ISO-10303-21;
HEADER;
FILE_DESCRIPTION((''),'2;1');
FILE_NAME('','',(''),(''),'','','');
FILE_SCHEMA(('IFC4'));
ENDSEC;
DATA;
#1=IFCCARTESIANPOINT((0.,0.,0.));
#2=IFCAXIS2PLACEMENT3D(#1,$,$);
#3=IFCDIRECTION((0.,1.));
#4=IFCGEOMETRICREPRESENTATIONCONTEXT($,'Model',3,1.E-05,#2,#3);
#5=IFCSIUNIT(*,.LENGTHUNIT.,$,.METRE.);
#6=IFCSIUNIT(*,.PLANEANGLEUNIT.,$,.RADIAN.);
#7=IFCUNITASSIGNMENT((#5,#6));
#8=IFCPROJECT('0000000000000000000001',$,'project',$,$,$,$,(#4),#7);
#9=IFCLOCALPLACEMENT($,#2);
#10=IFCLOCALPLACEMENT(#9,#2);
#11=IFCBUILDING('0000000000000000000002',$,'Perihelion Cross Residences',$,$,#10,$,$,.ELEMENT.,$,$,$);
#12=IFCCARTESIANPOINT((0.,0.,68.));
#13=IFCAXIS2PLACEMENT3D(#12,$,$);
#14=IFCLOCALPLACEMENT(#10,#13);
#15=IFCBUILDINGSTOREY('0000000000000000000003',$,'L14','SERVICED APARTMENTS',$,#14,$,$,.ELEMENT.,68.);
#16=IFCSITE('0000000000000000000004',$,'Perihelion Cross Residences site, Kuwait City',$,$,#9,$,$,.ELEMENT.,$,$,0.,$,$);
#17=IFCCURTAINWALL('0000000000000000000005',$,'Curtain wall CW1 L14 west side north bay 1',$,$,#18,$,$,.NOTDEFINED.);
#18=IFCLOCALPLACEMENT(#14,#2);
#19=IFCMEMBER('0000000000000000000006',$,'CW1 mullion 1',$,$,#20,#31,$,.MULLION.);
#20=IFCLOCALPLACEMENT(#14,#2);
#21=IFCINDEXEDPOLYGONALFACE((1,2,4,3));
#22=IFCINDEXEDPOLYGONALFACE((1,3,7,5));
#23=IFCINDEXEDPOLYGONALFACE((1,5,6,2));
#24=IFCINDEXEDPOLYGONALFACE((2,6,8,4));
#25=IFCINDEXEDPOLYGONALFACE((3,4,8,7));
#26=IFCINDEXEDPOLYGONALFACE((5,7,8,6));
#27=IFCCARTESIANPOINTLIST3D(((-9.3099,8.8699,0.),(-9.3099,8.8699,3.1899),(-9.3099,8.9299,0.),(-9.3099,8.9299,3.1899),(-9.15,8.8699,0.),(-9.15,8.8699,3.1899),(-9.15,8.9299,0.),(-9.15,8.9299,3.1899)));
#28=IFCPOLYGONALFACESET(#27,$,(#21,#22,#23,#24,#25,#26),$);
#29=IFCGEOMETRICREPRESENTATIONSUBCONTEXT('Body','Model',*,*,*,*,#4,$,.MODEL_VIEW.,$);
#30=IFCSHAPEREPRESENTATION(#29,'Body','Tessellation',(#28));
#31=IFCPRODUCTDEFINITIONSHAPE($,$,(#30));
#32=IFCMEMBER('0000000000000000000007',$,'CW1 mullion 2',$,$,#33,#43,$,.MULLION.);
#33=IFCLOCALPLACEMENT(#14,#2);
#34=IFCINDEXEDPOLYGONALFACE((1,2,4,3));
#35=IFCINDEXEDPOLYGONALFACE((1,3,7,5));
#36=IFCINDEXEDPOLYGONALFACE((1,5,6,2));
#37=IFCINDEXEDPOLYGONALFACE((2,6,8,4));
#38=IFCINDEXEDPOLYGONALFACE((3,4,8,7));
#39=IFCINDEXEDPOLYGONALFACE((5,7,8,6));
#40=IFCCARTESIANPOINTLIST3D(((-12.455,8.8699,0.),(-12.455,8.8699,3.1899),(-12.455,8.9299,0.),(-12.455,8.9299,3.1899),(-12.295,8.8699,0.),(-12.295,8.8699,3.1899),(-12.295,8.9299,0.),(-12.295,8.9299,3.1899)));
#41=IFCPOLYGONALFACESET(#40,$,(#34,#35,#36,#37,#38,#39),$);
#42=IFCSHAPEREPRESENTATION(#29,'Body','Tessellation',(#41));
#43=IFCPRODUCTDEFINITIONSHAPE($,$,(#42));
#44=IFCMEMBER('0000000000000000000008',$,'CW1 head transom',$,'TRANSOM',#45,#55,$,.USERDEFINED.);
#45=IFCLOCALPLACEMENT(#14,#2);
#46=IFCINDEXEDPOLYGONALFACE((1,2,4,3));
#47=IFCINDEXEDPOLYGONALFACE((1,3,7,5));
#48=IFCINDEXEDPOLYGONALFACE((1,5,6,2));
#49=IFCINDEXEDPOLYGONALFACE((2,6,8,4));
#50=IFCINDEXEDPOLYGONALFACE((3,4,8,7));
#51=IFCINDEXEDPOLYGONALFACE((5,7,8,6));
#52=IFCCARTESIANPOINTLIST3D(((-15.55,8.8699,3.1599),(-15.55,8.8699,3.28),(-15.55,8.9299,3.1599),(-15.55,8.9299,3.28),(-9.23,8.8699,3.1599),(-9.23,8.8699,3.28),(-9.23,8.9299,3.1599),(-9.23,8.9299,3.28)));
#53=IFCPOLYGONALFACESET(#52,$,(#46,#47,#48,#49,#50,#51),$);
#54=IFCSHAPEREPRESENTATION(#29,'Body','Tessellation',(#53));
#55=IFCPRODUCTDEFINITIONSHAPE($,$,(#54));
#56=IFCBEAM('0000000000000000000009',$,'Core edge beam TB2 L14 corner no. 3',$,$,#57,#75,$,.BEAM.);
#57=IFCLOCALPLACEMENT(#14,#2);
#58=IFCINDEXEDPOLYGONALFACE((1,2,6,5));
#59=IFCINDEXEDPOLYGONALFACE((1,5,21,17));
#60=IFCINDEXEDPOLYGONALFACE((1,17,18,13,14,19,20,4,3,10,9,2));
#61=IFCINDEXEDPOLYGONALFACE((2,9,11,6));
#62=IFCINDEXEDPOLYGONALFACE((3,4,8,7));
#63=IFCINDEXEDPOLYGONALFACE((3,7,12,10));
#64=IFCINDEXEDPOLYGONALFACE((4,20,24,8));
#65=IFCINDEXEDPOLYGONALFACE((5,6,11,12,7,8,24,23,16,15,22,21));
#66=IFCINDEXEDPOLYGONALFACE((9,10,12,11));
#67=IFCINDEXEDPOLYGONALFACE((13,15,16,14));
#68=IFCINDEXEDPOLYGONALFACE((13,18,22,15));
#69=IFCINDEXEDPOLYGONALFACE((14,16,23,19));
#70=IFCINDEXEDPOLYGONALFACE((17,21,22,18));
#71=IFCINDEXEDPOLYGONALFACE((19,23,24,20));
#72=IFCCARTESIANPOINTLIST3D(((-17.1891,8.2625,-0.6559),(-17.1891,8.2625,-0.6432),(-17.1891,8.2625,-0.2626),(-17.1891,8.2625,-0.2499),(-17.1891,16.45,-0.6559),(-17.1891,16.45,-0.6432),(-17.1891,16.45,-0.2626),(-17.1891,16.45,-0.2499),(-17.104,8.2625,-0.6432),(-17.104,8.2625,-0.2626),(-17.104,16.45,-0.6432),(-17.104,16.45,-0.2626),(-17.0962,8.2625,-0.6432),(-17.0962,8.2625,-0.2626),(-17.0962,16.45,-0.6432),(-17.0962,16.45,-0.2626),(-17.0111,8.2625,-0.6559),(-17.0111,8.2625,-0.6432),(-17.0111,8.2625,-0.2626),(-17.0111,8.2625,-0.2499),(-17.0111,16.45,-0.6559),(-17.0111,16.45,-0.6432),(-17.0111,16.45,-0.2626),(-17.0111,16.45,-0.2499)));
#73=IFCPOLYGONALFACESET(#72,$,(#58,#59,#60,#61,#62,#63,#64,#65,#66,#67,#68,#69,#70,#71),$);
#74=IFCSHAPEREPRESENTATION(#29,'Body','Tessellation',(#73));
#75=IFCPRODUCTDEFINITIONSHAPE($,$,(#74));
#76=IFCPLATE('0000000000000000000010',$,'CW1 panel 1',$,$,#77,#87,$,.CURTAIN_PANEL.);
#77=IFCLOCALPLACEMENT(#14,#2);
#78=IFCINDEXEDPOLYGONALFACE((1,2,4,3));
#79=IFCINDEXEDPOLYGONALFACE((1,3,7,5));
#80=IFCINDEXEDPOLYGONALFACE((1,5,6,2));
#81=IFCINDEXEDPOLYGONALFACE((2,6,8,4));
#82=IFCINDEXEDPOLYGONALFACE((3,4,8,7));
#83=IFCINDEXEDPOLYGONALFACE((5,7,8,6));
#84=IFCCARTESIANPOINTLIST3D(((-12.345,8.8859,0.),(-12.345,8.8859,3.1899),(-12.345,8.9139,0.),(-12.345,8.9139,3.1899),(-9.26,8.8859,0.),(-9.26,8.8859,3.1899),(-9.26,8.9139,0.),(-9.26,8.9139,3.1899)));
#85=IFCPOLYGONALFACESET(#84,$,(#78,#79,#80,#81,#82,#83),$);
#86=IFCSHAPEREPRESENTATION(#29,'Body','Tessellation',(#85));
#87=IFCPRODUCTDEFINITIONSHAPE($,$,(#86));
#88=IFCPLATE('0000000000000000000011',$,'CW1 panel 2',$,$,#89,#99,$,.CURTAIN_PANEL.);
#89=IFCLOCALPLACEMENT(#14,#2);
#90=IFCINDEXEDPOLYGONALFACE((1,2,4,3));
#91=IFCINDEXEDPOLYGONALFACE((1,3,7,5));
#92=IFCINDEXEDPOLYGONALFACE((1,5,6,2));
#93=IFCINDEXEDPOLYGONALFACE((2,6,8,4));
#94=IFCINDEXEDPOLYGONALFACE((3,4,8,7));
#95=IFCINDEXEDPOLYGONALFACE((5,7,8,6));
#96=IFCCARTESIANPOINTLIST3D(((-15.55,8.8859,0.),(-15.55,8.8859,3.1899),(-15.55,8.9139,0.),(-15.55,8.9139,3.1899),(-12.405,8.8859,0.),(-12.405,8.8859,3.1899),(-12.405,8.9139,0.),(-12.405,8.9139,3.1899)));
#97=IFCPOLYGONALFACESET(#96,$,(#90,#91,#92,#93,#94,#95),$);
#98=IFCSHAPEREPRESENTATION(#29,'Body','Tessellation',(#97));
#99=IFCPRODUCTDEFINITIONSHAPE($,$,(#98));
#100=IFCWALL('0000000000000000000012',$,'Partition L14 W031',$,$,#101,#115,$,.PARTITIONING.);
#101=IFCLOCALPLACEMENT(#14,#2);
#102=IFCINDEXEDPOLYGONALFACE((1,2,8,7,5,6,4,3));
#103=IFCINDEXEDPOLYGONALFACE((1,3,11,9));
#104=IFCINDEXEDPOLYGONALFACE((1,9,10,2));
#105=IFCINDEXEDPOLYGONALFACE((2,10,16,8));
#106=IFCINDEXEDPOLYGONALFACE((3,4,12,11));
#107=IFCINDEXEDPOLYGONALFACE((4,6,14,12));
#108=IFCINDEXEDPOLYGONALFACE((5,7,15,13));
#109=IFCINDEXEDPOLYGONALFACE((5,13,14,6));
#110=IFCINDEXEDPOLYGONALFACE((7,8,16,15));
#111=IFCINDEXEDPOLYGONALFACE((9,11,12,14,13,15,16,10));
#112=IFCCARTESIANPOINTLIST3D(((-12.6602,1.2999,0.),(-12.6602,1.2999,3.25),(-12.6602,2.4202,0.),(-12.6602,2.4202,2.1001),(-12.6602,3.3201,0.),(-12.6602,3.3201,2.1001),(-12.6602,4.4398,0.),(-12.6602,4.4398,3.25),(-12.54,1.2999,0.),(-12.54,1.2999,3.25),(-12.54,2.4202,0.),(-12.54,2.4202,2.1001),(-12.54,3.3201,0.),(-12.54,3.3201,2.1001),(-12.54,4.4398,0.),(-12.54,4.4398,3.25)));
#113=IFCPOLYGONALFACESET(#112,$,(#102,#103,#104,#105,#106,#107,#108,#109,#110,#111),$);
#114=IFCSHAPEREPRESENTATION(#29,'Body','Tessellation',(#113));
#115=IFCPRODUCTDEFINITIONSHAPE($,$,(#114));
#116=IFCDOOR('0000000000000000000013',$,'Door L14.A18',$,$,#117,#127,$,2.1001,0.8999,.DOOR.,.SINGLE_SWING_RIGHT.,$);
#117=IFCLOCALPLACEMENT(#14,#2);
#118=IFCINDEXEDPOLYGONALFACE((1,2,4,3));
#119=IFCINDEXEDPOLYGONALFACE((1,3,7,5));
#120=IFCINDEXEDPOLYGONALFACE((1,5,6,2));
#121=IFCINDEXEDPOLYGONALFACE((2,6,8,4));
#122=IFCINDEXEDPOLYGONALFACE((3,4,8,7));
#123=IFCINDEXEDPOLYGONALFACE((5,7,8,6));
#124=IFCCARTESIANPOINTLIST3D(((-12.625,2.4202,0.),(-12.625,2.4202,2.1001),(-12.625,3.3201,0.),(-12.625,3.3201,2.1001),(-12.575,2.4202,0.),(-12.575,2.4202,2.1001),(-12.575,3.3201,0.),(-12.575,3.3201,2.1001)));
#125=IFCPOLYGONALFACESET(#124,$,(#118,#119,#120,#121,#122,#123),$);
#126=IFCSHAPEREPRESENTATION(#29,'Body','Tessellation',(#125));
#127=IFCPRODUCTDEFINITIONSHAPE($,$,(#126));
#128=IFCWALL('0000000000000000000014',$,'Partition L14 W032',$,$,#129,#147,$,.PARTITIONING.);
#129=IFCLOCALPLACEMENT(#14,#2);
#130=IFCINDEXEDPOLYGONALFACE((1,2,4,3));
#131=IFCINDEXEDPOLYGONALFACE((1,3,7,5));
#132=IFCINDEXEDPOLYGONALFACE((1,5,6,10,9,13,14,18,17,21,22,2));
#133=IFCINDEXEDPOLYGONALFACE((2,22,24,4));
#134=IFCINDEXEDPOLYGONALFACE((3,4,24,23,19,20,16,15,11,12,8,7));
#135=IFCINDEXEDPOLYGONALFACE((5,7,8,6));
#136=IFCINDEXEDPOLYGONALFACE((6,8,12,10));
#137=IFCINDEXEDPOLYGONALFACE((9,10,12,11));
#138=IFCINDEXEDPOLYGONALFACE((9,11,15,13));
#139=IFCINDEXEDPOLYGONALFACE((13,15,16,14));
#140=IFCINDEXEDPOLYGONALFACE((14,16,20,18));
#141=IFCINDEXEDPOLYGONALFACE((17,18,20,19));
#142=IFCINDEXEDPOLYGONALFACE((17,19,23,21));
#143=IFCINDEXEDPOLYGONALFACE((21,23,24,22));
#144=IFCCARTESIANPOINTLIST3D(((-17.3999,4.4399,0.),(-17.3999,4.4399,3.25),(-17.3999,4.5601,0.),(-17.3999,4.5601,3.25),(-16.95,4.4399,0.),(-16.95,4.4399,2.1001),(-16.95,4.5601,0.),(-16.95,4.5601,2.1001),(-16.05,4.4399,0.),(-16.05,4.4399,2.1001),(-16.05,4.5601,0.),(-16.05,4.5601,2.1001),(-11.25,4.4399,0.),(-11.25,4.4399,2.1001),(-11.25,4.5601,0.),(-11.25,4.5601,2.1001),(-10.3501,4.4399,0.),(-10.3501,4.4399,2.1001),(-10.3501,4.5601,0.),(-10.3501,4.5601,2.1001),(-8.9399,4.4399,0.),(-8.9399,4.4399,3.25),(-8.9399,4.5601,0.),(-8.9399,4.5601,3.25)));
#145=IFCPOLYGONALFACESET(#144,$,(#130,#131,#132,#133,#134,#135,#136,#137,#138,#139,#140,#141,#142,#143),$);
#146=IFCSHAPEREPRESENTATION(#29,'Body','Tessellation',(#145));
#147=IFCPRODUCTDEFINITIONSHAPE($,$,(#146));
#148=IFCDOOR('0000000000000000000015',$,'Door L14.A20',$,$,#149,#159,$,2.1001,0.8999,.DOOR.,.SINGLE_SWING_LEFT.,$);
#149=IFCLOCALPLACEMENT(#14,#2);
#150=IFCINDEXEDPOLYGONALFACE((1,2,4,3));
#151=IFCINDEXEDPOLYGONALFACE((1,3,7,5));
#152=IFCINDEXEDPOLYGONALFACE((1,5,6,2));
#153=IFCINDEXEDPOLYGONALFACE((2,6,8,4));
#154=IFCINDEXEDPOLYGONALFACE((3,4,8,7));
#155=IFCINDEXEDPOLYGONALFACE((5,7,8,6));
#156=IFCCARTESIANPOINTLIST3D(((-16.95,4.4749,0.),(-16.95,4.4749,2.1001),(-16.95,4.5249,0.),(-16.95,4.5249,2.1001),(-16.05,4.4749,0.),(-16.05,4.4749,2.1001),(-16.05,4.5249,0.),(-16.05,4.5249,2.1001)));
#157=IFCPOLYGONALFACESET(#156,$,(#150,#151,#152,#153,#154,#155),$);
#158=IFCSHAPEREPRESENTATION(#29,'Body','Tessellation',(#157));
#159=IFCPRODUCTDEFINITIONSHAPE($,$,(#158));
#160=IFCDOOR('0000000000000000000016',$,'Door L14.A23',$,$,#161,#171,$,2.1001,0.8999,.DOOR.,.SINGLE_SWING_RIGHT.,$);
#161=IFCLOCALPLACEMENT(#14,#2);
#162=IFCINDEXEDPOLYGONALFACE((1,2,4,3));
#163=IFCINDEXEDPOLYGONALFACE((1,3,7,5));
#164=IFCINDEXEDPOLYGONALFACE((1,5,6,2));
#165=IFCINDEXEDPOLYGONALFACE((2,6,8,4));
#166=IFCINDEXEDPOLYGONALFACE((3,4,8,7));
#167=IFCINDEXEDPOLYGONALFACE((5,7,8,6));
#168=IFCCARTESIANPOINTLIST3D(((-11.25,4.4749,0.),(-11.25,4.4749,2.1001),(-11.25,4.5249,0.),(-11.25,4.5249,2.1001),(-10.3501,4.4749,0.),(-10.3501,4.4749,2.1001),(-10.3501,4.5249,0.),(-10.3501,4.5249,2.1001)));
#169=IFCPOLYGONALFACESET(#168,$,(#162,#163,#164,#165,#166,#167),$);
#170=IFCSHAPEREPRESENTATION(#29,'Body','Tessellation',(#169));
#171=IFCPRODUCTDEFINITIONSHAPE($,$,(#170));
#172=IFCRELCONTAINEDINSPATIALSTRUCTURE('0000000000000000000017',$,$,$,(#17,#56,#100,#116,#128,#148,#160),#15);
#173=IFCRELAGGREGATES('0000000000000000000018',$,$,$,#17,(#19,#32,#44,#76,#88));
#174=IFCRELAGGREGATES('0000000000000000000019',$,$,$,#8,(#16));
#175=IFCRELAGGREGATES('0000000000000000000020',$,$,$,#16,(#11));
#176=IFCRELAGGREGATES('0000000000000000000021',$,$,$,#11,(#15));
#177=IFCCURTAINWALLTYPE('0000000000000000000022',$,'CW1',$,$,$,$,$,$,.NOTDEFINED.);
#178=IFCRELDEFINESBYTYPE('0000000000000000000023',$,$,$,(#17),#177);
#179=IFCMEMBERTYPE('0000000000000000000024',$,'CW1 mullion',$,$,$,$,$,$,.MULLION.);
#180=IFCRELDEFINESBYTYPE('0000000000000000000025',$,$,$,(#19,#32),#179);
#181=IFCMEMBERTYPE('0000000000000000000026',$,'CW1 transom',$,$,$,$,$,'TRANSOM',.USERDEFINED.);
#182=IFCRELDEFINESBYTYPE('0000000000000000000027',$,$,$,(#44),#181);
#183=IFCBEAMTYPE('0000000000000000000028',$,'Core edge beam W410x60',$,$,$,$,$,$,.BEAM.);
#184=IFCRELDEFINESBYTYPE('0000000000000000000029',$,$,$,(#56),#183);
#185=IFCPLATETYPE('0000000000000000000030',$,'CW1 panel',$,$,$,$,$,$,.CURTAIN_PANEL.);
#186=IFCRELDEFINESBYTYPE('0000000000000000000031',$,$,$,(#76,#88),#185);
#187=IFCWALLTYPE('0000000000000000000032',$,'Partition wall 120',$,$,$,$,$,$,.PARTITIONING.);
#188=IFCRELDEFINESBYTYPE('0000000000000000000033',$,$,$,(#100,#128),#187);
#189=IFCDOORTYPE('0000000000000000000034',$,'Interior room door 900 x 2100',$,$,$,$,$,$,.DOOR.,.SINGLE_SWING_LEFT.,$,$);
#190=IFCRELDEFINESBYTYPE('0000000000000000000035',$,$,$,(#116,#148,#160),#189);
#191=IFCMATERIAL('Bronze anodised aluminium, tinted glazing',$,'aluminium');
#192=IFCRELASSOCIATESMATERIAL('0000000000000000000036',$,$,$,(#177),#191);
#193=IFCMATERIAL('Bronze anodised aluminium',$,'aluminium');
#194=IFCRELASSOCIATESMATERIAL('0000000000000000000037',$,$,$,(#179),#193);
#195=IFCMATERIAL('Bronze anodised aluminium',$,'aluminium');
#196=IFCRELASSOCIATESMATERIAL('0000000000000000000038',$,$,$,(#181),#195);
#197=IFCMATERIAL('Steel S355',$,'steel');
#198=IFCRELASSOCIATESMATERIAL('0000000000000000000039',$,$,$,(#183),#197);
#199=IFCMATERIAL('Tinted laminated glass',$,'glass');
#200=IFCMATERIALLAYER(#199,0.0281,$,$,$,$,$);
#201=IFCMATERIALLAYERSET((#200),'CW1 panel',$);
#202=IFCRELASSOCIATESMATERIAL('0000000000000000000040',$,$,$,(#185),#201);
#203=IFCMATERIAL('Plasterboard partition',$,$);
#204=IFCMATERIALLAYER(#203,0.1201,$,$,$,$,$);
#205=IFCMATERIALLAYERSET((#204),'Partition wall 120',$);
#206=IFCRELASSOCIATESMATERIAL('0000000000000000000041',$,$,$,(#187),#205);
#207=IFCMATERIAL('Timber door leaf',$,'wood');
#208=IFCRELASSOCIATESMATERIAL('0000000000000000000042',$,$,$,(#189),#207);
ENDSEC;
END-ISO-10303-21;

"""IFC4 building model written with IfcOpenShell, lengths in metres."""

from ifc_helpers import new_model, si_unit, direction, frame, frame_2d, origin, origin_2d, place, context, subcontext, project, spatial, rectangle, i_section, extrude, material, layer, layer_set, material_profile, profile_set, type_object, element, fill, aggregate, save


model = new_model("IFC4")

# Units and contexts
model_context = context("Model", 3, precision=1e-05, world=origin(), true_north=direction((0.0, 1.0)))
body_context = subcontext(model_context, "Body", "Model", "MODEL_VIEW")
ifc_project = project(units=[si_unit("LENGTHUNIT", "METRE"), si_unit("PLANEANGLEUNIT", "RADIAN")], contexts=[model_context])

# Site, building, storey
site_placement = place(None, origin())
site = spatial("IfcSite", under=ifc_project, at=site_placement, Name="Perihelion Cross Residences site, Kuwait City", CompositionType="ELEMENT", RefElevation=0.0)
building_placement = place(site_placement, origin())
building = spatial("IfcBuilding", under=site, at=building_placement, Name="Perihelion Cross Residences", CompositionType="ELEMENT")
storey_placement = place(building_placement, frame((0.0, 0.0, 68.0)))
storey = spatial("IfcBuildingStorey", under=building, at=storey_placement, Name="L14", Description="SERVICED APARTMENTS", CompositionType="ELEMENT", Elevation=68.0)

# Curtain wall, members
ifc_material_1 = material(Name="Bronze anodised aluminium, tinted glazing", Category="aluminium")
curtain_wall_type = type_object("IfcCurtainWallType", Name="CW1", PredefinedType="NOTDEFINED", material=ifc_material_1)
curtain_wall_placement = place(storey_placement, origin())
curtain_wall = element("IfcCurtainWall", 1, at=curtain_wall_placement, inside=storey, type_object=curtain_wall_type, Name="Curtain wall CW1 L14 west side north bay 1", PredefinedType="NOTDEFINED")
ifc_material_2 = material(Name="Bronze anodised aluminium", Category="aluminium")
ifc_material_profile_1 = material_profile(ifc_material_2, rectangle(XDim=0.0601, YDim=0.1599, at=origin_2d()), Name="CW1 mullion")
ifc_profile_set_1 = profile_set([ifc_material_profile_1], Name="Bronze anodised aluminium")
member_type_1 = type_object("IfcMemberType", Name="CW1 mullion", PredefinedType="MULLION", material=ifc_profile_set_1)
member_1_placement = place(storey_placement, frame((-9.23, 8.8999, 0.0), z_axis=(0.0, 0.0, 1.0), x_axis=(0.0, -1.0, 0.0)))
member_1 = element("IfcMember", 2, at=member_1_placement, type_object=member_type_1, Name="CW1 mullion 1", PredefinedType="MULLION", context=body_context, shape_type="SweptSolid", body=[
    extrude(rectangle(XDim=0.0601, YDim=0.1599, at=origin_2d()), origin(), (0.0, 0.0, 1.0), 3.1899),
])
member_2_placement = place(storey_placement, frame((-12.375, 8.8999, 0.0), z_axis=(0.0, 0.0, 1.0), x_axis=(0.0, -1.0, 0.0)))
member_2 = element("IfcMember", 3, at=member_2_placement, type_object=member_type_1, Name="CW1 mullion 2", PredefinedType="MULLION", context=body_context, shape_type="SweptSolid", body=[
    extrude(rectangle(XDim=0.0601, YDim=0.1599, at=origin_2d()), origin(), (0.0, 0.0, 1.0), 3.1899),
])
ifc_material_3 = material(Name="Bronze anodised aluminium", Category="aluminium")
ifc_material_profile_2 = material_profile(ifc_material_3, rectangle(XDim=0.0601, YDim=0.1201, at=origin_2d()), Name="CW1 transom")
ifc_profile_set_2 = profile_set([ifc_material_profile_2], Name="Bronze anodised aluminium")
member_type_2 = type_object("IfcMemberType", Name="CW1 transom", ElementType="TRANSOM", PredefinedType="USERDEFINED", material=ifc_profile_set_2)
member_3_placement = place(storey_placement, frame((-9.23, 8.8999, 3.22), z_axis=(-1.0, 0.0, 0.0), x_axis=(0.0, -1.0, 0.0)))
member_3 = element("IfcMember", 4, at=member_3_placement, type_object=member_type_2, Name="CW1 head transom", ObjectType="TRANSOM", PredefinedType="USERDEFINED", context=body_context, shape_type="SweptSolid", body=[
    extrude(rectangle(XDim=0.0601, YDim=0.1201, at=origin_2d()), origin(), (0.0, 0.0, 1.0), 6.3201),
])

# Beam
ifc_material_4 = material(Name="Steel S355", Category="steel")
ifc_material_profile_3 = material_profile(ifc_material_4, i_section(OverallWidth=0.178, OverallDepth=0.406, WebThickness=0.0078, FlangeThickness=0.0127, at=origin_2d()), Name="W410x60")
ifc_profile_set_3 = profile_set([ifc_material_profile_3], Name="Steel S355")
beam_type = type_object("IfcBeamType", Name="Core edge beam W410x60", PredefinedType="BEAM", material=ifc_profile_set_3)
beam_placement = place(storey_placement, frame((-17.1001, 8.2625, -0.4529), z_axis=(0.0, 1.0, 0.0), x_axis=(-1.0, 0.0, 0.0)))
element("IfcBeam", 5, at=beam_placement, inside=storey, type_object=beam_type, Name="Core edge beam TB2 L14 corner no. 3", PredefinedType="BEAM", context=body_context, shape_type="SweptSolid", body=[
    extrude(i_section(OverallWidth=0.178, OverallDepth=0.406, WebThickness=0.0078, FlangeThickness=0.0127, at=origin_2d()), origin(), (0.0, 0.0, 1.0), 8.1875),
])

# Plates
ifc_material_5 = material(Name="Tinted laminated glass", Category="glass")
ifc_layer_1 = layer(ifc_material_5, 0.0281)
ifc_layer_set_1 = layer_set([ifc_layer_1], Name="CW1 panel")
plate_type = type_object("IfcPlateType", Name="CW1 panel", PredefinedType="CURTAIN_PANEL", material=ifc_layer_set_1)
plate_1_placement = place(storey_placement, frame((-10.8025, 8.8999, 0.0), z_axis=(0.0, 0.0, 1.0), x_axis=(-1.0, 0.0, 0.0)))
plate_1 = element("IfcPlate", 6, at=plate_1_placement, type_object=plate_type, Name="CW1 panel 1", PredefinedType="CURTAIN_PANEL", context=body_context, shape_type="SweptSolid", body=[
    extrude(rectangle(XDim=3.085, YDim=0.0281, at=origin_2d()), origin(), (0.0, 0.0, 1.0), 3.1899),
])
plate_2_placement = place(storey_placement, frame((-13.9775, 8.8999, 0.0), z_axis=(0.0, 0.0, 1.0), x_axis=(-1.0, 0.0, 0.0)))
plate_2 = element("IfcPlate", 7, at=plate_2_placement, type_object=plate_type, Name="CW1 panel 2", PredefinedType="CURTAIN_PANEL", context=body_context, shape_type="SweptSolid", body=[
    extrude(rectangle(XDim=3.145, YDim=0.0281, at=origin_2d()), origin(), (0.0, 0.0, 1.0), 3.1899),
])
aggregate(curtain_wall, [member_1, member_2, member_3, plate_1, plate_2])

# Wall, opening, door
ifc_material_6 = material(Name="Plasterboard partition")
ifc_layer_2 = layer(ifc_material_6, 0.1201)
ifc_layer_set_2 = layer_set([ifc_layer_2], Name="Partition wall 120")
wall_type_1 = type_object("IfcWallType", Name="Partition wall 120", PredefinedType="PARTITIONING", material=ifc_layer_set_2)
wall_1_placement = place(storey_placement, frame((-12.6001, 1.3, 0.0), z_axis=(0.0, 0.0, 1.0), x_axis=(0.0, 1.0, 0.0)))
wall_1 = element("IfcWall", 8, at=wall_1_placement, inside=storey, type_object=wall_type_1, Name="Partition L14 W031", PredefinedType="PARTITIONING", context=body_context, shape_type="SweptSolid", body=[
    extrude(rectangle(XDim=3.1399, YDim=0.1201, at=frame_2d((1.5698, 0.0))), origin(), (0.0, 0.0, 1.0), 3.25),
])
opening_1_placement = place(wall_1_placement, frame((1.1201, 0.0, 0.0)))
opening_1 = element("IfcOpeningElement", 9, at=opening_1_placement, cuts=wall_1, PredefinedType="OPENING", context=body_context, shape_type="SweptSolid", body=[
    extrude(rectangle(XDim=0.8999, YDim=2.1001, at=frame_2d((0.45, 1.05))), frame((0.0, 0.0701, 0.0), z_axis=(0.0, -1.0, 0.0), x_axis=(1.0, 0.0, 0.0)), (0.0, 0.0, 1.0), 0.1401),
])
ifc_material_7 = material(Name="Timber door leaf", Category="wood")
door_type_1 = type_object("IfcDoorType", Name="Interior room door 900 x 2100", OperationType="SINGLE_SWING_LEFT", PredefinedType="DOOR", material=ifc_material_7)
door_1_placement = place(opening_1_placement, origin())
door_1 = element("IfcDoor", 10, at=door_1_placement, inside=storey, type_object=door_type_1, Name="Door L14.A18", OperationType="SINGLE_SWING_RIGHT", OverallHeight=2.1001, OverallWidth=0.8999, PredefinedType="DOOR", context=body_context, shape_type="SweptSolid", body=[
    extrude(rectangle(XDim=0.8999, YDim=2.1001, at=frame_2d((0.45, 1.05))), frame((0.0, 0.0249, 0.0), z_axis=(0.0, -1.0, 0.0), x_axis=(1.0, 0.0, 0.0)), (0.0, 0.0, 1.0), 0.05),
])
fill(opening_1, door_1)

# Wall, openings, doors
wall_2_placement = place(storey_placement, frame((-17.3999, 4.5, 0.0), z_axis=(0.0, 0.0, 1.0), x_axis=(1.0, 0.0, 0.0)))
wall_2 = element("IfcWall", 11, at=wall_2_placement, inside=storey, type_object=wall_type_1, Name="Partition L14 W032", PredefinedType="PARTITIONING", context=body_context, shape_type="SweptSolid", body=[
    extrude(rectangle(XDim=8.46, YDim=0.1201, at=frame_2d((4.23, 0.0))), origin(), (0.0, 0.0, 1.0), 3.25),
])
opening_2_placement = place(wall_2_placement, frame((0.45, 0.0, 0.0)))
opening_2 = element("IfcOpeningElement", 12, at=opening_2_placement, cuts=wall_2, PredefinedType="OPENING", context=body_context, shape_type="SweptSolid", body=[
    extrude(rectangle(XDim=0.8999, YDim=2.1001, at=frame_2d((0.45, 1.05))), frame((0.0, 0.0701, 0.0), z_axis=(0.0, -1.0, 0.0), x_axis=(1.0, 0.0, 0.0)), (0.0, 0.0, 1.0), 0.1401),
])
opening_3_placement = place(wall_2_placement, frame((6.1499, 0.0, 0.0)))
opening_3 = element("IfcOpeningElement", 13, at=opening_3_placement, cuts=wall_2, PredefinedType="OPENING", context=body_context, shape_type="SweptSolid", body=[
    extrude(rectangle(XDim=0.8999, YDim=2.1001, at=frame_2d((0.45, 1.05))), frame((0.0, 0.0701, 0.0), z_axis=(0.0, -1.0, 0.0), x_axis=(1.0, 0.0, 0.0)), (0.0, 0.0, 1.0), 0.1401),
])
door_2_placement = place(opening_2_placement, origin())
door_2 = element("IfcDoor", 14, at=door_2_placement, inside=storey, type_object=door_type_1, Name="Door L14.A20", OperationType="SINGLE_SWING_LEFT", OverallHeight=2.1001, OverallWidth=0.8999, PredefinedType="DOOR", context=body_context, shape_type="SweptSolid", body=[
    extrude(rectangle(XDim=0.8999, YDim=2.1001, at=frame_2d((0.45, 1.05))), frame((0.0, 0.0249, 0.0), z_axis=(0.0, -1.0, 0.0), x_axis=(1.0, 0.0, 0.0)), (0.0, 0.0, 1.0), 0.05),
])
fill(opening_2, door_2)
door_3_placement = place(opening_3_placement, origin())
door_3 = element("IfcDoor", 15, at=door_3_placement, inside=storey, type_object=door_type_1, Name="Door L14.A23", OperationType="SINGLE_SWING_RIGHT", OverallHeight=2.1001, OverallWidth=0.8999, PredefinedType="DOOR", context=body_context, shape_type="SweptSolid", body=[
    extrude(rectangle(XDim=0.8999, YDim=2.1001, at=frame_2d((0.45, 1.05))), frame((0.0, 0.0249, 0.0), z_axis=(0.0, -1.0, 0.0), x_axis=(1.0, 0.0, 0.0)), (0.0, 0.0, 1.0), 0.05),
])
fill(opening_3, door_3)

save(model, "model.ifc")
